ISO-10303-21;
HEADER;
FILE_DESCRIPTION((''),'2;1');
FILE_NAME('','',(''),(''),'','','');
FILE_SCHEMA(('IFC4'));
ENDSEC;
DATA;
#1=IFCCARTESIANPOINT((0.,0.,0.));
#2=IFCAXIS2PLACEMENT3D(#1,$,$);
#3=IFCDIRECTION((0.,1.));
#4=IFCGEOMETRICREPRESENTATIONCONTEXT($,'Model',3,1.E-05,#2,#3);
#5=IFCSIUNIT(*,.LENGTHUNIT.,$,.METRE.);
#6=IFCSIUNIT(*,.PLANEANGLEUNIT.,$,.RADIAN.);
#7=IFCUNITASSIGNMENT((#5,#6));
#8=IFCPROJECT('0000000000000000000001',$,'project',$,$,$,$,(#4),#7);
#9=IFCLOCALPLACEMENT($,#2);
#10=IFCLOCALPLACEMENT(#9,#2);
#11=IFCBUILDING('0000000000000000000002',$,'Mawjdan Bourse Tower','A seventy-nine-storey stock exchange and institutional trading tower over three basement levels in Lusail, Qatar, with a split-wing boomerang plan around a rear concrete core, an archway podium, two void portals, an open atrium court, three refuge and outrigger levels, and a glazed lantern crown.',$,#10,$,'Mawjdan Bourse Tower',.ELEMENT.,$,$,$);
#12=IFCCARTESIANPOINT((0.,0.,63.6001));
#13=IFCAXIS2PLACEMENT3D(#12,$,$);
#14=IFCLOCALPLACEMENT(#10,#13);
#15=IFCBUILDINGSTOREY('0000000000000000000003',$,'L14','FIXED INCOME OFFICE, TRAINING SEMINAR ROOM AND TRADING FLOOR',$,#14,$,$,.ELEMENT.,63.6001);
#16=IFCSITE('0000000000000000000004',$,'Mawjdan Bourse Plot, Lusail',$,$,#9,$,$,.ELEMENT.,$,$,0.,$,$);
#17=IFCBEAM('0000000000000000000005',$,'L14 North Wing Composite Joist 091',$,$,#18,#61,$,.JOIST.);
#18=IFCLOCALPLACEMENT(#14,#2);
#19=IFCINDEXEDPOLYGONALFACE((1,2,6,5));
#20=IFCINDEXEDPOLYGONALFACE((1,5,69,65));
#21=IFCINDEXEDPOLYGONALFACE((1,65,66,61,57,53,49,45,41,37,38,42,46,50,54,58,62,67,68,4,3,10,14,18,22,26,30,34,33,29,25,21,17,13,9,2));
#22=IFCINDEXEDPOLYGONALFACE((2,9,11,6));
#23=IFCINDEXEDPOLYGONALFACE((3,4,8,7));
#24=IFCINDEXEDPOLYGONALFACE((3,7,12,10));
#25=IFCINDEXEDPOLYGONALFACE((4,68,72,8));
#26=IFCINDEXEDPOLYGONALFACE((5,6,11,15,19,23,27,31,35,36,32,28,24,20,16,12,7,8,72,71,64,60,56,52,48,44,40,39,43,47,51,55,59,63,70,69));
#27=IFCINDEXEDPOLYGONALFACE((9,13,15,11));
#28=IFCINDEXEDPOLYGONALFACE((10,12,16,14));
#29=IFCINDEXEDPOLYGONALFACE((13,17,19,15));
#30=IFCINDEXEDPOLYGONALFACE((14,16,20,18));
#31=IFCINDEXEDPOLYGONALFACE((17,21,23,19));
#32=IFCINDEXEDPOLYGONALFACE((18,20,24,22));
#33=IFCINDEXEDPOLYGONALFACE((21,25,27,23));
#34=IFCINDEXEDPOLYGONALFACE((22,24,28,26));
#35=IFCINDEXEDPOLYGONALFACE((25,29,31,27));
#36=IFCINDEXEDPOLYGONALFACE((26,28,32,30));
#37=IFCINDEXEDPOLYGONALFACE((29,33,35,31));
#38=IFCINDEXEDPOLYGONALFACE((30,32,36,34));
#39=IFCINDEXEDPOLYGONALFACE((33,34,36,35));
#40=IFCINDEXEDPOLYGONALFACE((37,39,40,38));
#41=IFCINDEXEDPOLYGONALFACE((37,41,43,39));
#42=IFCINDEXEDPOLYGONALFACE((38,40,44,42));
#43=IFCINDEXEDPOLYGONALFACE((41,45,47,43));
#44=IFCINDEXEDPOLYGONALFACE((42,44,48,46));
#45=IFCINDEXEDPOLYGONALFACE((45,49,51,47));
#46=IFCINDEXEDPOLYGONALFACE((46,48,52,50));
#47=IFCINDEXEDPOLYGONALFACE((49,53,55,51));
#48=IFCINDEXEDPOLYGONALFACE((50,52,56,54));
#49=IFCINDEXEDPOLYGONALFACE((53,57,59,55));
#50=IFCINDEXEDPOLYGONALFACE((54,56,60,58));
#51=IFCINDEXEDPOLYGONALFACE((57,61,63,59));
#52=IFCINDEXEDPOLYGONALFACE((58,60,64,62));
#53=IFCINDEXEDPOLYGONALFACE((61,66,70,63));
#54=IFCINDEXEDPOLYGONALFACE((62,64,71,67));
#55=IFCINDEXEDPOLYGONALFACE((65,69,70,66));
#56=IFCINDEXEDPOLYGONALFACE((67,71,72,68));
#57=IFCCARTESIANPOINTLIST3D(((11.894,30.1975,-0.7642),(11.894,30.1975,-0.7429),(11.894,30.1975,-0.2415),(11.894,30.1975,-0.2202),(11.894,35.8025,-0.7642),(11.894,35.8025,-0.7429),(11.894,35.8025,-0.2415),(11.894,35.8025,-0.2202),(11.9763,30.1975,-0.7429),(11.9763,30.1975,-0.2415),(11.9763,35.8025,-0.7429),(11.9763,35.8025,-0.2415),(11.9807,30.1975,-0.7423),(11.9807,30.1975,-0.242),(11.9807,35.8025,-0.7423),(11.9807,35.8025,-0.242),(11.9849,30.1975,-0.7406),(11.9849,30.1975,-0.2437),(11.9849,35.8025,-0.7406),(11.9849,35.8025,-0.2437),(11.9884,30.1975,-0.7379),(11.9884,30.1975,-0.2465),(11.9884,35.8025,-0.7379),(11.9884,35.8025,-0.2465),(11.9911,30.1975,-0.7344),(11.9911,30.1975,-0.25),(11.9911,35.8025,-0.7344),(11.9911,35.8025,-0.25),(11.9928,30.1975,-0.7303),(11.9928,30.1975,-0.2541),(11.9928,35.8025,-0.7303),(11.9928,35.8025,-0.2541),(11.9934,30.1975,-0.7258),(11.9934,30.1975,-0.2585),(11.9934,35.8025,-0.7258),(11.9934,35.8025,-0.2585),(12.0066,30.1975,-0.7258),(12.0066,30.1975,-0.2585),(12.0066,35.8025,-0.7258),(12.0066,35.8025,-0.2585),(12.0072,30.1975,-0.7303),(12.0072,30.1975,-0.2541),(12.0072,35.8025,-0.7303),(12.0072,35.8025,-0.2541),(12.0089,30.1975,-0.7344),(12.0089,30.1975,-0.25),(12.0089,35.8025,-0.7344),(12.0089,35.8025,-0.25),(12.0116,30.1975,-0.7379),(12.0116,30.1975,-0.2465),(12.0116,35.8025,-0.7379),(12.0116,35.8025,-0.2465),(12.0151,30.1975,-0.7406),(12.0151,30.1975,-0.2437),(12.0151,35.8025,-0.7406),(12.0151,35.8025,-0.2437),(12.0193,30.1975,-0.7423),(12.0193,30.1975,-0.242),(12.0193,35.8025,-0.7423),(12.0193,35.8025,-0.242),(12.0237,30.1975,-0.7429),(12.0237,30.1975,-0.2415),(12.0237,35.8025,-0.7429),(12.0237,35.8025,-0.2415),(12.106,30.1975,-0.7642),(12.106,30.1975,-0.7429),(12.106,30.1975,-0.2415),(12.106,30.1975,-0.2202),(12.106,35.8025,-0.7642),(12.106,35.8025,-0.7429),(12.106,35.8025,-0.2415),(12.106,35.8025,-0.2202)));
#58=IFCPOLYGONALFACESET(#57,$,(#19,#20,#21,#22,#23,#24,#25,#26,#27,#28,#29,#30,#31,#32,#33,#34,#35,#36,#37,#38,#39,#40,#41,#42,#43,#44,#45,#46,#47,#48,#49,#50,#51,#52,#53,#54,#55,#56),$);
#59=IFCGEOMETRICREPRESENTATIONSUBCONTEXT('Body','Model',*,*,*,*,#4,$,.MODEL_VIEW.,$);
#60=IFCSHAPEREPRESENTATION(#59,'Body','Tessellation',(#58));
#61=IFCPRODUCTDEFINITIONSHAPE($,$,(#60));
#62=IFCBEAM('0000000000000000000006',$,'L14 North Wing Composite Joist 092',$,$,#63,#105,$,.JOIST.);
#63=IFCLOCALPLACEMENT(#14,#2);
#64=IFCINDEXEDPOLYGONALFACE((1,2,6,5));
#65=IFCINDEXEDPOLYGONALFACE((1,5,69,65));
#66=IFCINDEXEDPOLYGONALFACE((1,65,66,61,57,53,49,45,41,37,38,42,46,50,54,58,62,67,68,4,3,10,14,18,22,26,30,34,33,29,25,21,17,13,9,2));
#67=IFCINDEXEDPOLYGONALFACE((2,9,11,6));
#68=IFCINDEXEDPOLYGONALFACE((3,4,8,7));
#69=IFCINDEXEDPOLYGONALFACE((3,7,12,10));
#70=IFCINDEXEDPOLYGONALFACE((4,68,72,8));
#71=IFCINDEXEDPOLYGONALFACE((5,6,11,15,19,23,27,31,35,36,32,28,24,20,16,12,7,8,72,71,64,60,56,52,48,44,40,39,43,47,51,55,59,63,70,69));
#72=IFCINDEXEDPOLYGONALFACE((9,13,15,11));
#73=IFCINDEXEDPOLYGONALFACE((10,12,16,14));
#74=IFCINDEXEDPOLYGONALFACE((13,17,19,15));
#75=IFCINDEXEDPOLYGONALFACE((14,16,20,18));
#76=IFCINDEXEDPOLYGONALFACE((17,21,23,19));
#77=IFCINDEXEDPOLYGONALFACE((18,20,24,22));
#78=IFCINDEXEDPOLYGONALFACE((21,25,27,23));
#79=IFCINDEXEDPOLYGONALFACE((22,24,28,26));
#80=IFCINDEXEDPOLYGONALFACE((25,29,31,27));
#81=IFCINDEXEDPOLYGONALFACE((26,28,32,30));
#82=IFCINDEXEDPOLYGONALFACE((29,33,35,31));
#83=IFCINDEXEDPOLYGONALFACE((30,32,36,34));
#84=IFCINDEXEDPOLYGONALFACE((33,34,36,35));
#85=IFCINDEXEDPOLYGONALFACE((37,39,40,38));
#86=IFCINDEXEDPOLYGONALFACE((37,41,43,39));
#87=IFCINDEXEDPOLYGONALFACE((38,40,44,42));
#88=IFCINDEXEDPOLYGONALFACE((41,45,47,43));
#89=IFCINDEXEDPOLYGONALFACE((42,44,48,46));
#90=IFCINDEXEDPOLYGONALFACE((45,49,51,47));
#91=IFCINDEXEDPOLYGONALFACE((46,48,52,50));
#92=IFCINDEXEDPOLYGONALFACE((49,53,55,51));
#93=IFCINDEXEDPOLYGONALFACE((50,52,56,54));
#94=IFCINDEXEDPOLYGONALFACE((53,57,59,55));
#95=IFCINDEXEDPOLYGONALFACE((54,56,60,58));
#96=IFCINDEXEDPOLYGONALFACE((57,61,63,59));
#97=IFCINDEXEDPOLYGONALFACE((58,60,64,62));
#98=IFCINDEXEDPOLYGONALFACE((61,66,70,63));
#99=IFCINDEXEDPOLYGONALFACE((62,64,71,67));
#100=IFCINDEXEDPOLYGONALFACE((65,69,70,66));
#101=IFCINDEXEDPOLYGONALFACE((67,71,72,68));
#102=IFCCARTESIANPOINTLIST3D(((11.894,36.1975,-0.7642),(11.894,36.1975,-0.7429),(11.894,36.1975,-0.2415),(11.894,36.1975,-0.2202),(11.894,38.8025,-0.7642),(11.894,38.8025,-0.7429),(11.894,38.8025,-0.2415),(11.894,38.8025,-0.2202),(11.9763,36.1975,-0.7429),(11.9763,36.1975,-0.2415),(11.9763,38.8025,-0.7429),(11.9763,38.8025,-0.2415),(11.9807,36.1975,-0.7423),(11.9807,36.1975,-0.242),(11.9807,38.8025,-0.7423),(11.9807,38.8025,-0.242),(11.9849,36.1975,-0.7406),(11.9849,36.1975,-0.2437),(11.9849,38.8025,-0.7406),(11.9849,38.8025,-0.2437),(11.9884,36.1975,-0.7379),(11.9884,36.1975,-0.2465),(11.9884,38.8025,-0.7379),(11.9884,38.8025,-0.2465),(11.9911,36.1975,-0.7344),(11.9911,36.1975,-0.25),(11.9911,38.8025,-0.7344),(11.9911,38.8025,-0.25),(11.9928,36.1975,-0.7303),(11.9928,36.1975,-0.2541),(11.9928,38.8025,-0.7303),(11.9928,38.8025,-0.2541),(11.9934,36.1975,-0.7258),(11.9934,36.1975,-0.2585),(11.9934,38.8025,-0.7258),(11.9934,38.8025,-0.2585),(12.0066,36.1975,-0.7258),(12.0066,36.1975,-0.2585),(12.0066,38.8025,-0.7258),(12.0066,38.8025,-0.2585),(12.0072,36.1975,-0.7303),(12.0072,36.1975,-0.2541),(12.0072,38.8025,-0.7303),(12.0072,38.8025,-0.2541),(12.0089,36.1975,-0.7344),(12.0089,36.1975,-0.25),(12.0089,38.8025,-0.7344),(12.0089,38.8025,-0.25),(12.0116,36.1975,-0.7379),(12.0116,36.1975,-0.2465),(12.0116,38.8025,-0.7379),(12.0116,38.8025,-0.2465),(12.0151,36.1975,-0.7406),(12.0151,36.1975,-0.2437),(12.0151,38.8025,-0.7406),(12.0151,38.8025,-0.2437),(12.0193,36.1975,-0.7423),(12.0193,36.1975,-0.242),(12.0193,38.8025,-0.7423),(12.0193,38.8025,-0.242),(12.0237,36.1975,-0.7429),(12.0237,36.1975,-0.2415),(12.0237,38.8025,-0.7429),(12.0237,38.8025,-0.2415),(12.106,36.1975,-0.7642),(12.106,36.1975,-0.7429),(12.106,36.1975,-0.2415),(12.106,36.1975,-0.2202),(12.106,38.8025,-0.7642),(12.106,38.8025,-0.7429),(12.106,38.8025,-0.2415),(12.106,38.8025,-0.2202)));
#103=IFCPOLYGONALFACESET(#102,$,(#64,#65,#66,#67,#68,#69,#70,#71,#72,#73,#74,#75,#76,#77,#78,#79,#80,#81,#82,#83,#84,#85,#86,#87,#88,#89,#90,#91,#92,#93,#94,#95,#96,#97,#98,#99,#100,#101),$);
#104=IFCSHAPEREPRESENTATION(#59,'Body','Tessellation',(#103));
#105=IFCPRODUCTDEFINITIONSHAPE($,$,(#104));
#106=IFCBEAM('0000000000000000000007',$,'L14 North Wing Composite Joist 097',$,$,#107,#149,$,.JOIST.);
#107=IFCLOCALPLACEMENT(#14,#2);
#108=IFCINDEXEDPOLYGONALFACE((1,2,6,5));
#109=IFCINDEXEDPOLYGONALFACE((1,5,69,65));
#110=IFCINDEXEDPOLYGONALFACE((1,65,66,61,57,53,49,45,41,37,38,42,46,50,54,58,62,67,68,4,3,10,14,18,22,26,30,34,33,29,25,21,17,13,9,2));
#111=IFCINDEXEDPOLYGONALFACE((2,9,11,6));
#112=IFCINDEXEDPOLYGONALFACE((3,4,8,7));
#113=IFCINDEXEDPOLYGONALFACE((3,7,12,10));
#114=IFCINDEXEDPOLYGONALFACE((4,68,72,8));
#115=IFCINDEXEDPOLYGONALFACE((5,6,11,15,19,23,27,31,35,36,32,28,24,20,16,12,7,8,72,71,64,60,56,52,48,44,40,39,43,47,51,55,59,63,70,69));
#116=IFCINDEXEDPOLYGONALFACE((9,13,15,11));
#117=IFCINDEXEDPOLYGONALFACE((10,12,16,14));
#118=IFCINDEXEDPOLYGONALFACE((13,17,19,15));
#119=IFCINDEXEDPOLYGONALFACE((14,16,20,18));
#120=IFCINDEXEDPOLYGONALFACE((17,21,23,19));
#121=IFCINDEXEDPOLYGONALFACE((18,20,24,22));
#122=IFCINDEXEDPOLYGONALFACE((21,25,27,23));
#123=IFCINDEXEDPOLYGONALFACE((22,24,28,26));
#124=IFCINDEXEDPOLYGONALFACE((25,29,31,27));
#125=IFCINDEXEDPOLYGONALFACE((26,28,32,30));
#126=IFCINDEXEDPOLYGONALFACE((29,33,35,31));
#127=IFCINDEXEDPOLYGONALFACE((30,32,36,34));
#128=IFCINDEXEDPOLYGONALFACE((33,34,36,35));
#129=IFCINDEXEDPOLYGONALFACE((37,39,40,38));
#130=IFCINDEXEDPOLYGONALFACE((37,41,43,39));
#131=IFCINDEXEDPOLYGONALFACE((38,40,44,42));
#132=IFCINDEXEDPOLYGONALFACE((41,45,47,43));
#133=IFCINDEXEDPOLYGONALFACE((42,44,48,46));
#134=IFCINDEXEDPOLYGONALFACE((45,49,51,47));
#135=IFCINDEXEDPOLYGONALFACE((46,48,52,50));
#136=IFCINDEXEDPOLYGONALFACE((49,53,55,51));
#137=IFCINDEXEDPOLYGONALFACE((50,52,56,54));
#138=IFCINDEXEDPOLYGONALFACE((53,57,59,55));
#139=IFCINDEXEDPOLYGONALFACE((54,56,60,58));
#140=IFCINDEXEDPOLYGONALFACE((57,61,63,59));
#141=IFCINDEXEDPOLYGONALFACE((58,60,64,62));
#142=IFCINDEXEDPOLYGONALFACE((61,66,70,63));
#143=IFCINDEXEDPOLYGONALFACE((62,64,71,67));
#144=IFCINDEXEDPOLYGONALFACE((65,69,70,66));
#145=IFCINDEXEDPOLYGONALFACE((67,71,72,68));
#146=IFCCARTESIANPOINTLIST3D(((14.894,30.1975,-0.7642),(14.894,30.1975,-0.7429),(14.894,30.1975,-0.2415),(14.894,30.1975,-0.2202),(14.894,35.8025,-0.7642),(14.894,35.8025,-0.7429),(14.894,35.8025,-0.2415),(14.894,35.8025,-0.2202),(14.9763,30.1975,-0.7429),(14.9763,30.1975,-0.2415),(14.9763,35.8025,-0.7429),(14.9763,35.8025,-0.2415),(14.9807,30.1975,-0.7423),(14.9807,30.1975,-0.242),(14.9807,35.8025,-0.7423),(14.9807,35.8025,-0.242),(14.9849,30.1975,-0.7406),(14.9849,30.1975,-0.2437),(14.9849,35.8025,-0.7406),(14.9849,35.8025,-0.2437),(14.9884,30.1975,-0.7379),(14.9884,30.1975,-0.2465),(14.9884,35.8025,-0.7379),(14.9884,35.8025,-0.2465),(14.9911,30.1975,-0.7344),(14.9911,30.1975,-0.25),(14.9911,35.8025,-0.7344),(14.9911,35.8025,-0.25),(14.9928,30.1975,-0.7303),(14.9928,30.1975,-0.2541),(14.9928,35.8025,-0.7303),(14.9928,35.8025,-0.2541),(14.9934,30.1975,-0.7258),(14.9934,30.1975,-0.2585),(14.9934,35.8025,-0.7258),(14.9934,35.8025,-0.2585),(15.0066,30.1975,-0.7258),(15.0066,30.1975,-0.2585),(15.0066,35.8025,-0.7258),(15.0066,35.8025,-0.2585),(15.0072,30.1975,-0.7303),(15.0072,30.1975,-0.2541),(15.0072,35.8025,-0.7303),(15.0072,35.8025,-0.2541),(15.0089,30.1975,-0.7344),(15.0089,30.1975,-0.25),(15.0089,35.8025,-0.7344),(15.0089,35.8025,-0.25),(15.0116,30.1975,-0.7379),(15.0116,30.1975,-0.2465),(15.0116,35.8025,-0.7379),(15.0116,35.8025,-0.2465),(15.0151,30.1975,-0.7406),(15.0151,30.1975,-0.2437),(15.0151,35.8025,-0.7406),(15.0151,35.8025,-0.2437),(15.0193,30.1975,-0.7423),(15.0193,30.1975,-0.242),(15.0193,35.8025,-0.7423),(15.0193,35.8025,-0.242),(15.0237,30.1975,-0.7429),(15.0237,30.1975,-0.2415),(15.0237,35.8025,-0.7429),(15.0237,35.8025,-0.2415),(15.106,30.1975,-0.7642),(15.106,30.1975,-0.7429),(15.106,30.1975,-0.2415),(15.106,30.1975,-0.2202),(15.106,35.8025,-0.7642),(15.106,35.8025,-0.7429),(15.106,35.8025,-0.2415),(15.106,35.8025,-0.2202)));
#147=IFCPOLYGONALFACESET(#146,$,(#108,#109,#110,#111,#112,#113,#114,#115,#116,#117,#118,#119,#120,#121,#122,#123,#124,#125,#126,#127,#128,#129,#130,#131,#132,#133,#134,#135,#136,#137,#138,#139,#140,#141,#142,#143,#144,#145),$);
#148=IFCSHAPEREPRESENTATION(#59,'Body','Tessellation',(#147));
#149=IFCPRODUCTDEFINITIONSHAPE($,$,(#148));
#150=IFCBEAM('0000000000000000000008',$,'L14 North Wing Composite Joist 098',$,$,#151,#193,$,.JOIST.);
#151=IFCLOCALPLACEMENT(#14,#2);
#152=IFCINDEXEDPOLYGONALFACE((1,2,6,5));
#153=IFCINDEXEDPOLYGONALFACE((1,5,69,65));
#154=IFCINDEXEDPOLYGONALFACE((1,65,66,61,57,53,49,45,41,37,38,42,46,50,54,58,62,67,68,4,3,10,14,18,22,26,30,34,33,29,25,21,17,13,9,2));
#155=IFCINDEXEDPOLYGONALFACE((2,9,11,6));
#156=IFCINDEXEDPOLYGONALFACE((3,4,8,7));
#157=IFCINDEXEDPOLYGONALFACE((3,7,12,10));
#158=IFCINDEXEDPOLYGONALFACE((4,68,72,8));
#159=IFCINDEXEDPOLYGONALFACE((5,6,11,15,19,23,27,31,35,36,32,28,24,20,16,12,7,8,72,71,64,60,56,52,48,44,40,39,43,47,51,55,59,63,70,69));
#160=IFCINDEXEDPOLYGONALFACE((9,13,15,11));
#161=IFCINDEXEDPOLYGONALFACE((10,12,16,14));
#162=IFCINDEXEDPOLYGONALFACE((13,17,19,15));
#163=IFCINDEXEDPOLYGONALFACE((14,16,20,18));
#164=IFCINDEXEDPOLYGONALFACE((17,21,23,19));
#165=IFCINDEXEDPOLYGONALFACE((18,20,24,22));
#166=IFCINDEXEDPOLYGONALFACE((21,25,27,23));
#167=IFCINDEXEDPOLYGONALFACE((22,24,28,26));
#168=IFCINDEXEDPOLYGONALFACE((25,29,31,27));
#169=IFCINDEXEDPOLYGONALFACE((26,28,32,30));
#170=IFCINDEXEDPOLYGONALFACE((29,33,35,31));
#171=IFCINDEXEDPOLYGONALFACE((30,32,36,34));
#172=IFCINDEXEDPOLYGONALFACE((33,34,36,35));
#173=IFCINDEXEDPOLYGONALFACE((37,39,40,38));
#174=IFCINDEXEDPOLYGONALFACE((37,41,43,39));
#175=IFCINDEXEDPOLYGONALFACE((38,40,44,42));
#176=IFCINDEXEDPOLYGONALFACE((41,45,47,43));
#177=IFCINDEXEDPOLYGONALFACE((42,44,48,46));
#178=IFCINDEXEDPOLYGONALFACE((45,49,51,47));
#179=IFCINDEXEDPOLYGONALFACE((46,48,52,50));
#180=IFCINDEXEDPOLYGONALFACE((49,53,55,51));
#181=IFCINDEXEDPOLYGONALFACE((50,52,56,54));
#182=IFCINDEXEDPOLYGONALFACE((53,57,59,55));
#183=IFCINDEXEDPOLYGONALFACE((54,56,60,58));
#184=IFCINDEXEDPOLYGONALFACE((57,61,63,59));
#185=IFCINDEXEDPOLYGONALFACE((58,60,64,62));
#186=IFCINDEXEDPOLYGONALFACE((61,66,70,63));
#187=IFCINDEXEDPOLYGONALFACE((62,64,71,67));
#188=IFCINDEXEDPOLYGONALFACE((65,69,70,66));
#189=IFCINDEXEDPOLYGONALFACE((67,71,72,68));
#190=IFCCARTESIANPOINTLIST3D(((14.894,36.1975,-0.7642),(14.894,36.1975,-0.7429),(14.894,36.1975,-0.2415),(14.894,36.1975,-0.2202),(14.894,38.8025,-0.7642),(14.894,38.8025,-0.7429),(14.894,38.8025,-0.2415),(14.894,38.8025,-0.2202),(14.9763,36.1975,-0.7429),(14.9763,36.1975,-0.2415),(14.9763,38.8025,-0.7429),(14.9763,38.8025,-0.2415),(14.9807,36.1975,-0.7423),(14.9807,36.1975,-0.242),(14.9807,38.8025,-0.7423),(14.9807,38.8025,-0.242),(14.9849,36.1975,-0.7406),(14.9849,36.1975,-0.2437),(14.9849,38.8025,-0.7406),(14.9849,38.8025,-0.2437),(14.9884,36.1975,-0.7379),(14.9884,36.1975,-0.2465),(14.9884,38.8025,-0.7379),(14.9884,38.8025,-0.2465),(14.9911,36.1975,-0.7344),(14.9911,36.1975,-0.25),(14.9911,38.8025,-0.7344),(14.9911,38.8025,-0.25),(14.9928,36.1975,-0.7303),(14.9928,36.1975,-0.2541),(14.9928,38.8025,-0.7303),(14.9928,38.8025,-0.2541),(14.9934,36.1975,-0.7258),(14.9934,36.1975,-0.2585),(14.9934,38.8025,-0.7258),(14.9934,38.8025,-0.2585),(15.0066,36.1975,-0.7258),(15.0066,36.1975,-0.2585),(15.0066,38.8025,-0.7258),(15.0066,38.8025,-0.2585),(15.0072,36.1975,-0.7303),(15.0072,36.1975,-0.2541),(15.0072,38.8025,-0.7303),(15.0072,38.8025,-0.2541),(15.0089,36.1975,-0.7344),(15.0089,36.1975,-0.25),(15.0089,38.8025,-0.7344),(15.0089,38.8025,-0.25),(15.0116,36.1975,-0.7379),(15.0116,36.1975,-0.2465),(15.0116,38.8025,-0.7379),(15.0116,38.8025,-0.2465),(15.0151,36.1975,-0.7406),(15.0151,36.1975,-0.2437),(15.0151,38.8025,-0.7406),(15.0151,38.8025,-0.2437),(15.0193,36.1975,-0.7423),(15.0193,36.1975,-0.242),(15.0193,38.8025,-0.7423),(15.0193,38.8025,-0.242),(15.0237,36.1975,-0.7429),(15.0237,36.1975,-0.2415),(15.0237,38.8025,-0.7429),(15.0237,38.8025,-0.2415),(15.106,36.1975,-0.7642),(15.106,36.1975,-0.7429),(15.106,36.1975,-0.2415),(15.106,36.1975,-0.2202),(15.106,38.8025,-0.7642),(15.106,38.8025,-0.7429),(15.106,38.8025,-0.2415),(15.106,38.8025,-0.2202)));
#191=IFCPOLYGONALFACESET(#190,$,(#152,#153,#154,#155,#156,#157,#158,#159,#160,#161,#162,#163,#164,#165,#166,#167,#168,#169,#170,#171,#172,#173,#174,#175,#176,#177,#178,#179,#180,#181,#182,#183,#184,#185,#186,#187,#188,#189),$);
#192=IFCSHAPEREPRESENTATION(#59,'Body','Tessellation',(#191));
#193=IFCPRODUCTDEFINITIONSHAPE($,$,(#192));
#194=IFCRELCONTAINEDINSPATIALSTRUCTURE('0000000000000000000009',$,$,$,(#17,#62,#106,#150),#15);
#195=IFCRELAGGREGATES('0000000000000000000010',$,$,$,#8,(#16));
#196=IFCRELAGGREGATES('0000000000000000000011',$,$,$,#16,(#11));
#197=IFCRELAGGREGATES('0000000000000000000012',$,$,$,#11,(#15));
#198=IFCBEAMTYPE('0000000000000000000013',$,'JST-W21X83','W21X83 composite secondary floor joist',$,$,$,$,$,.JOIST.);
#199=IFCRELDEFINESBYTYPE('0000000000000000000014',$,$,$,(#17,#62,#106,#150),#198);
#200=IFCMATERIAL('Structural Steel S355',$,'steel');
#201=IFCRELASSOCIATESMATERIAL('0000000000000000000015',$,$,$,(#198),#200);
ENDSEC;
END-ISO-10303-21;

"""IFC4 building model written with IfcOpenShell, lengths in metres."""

from ifc_helpers import new_model, si_unit, direction, frame, origin, origin_2d, place, context, subcontext, project, spatial, i_section, extrude, material, material_profile, profile_set, type_object, element, save


model = new_model("IFC4")

# Units and contexts
model_context = context("Model", 3, precision=1e-05, world=origin(), true_north=direction((0.0, 1.0)))
body_context = subcontext(model_context, "Body", "Model", "MODEL_VIEW")
ifc_project = project(units=[si_unit("LENGTHUNIT", "METRE"), si_unit("PLANEANGLEUNIT", "RADIAN")], contexts=[model_context])

# Site, building, storey
site_placement = place(None, origin())
site = spatial("IfcSite", under=ifc_project, at=site_placement, Name="Mawjdan Bourse Plot, Lusail", CompositionType="ELEMENT", RefElevation=0.0)
building_placement = place(site_placement, origin())
building = spatial("IfcBuilding", under=site, at=building_placement, Name="Mawjdan Bourse Tower", Description="A seventy-nine-storey stock exchange and institutional trading tower over three basement levels in Lusail, Qatar, with a split-wing boomerang plan around a rear concrete core, an archway podium, two void portals, an open atrium court, three refuge and outrigger levels, and a glazed lantern crown.", LongName="Mawjdan Bourse Tower", CompositionType="ELEMENT")
storey_placement = place(building_placement, frame((0.0, 0.0, 63.6001)))
storey = spatial("IfcBuildingStorey", under=building, at=storey_placement, Name="L14", Description="FIXED INCOME OFFICE, TRAINING SEMINAR ROOM AND TRADING FLOOR", CompositionType="ELEMENT", Elevation=63.6001)

# Beams
ifc_material_1 = material(Name="Structural Steel S355", Category="steel")
ifc_material_profile_1 = material_profile(ifc_material_1, i_section(OverallWidth=0.2119, OverallDepth=0.5439, WebThickness=0.0132, FlangeThickness=0.0212, FilletRadius=0.0171, at=origin_2d()), Name="W21X83")
ifc_profile_set_1 = profile_set([ifc_material_profile_1], Name="Structural Steel S355")
beam_type_1 = type_object("IfcBeamType", Name="JST-W21X83", Description="W21X83 composite secondary floor joist", PredefinedType="JOIST", material=ifc_profile_set_1)
beam_1_placement = place(storey_placement, frame((12.0, 30.1975, -0.4922), z_axis=(0.0, 1.0, 0.0), x_axis=(-1.0, 0.0, 0.0)))
element("IfcBeam", 1, at=beam_1_placement, inside=storey, type_object=beam_type_1, Name="L14 North Wing Composite Joist 091", PredefinedType="JOIST", context=body_context, shape_type="SweptSolid", body=[
    extrude(i_section(OverallWidth=0.2119, OverallDepth=0.5439, WebThickness=0.0132, FlangeThickness=0.0212, FilletRadius=0.0171, at=origin_2d()), origin(), (0.0, 0.0, 1.0), 5.605),
])
beam_2_placement = place(storey_placement, frame((12.0, 36.1975, -0.4922), z_axis=(0.0, 1.0, 0.0), x_axis=(-1.0, 0.0, 0.0)))
element("IfcBeam", 2, at=beam_2_placement, inside=storey, type_object=beam_type_1, Name="L14 North Wing Composite Joist 092", PredefinedType="JOIST", context=body_context, shape_type="SweptSolid", body=[
    extrude(i_section(OverallWidth=0.2119, OverallDepth=0.5439, WebThickness=0.0132, FlangeThickness=0.0212, FilletRadius=0.0171, at=origin_2d()), origin(), (0.0, 0.0, 1.0), 2.605),
])
beam_3_placement = place(storey_placement, frame((15.0, 30.1975, -0.4922), z_axis=(0.0, 1.0, 0.0), x_axis=(-1.0, 0.0, 0.0)))
element("IfcBeam", 3, at=beam_3_placement, inside=storey, type_object=beam_type_1, Name="L14 North Wing Composite Joist 097", PredefinedType="JOIST", context=body_context, shape_type="SweptSolid", body=[
    extrude(i_section(OverallWidth=0.2119, OverallDepth=0.5439, WebThickness=0.0132, FlangeThickness=0.0212, FilletRadius=0.0171, at=origin_2d()), origin(), (0.0, 0.0, 1.0), 5.605),
])
beam_4_placement = place(storey_placement, frame((15.0, 36.1975, -0.4922), z_axis=(0.0, 1.0, 0.0), x_axis=(-1.0, 0.0, 0.0)))
element("IfcBeam", 4, at=beam_4_placement, inside=storey, type_object=beam_type_1, Name="L14 North Wing Composite Joist 098", PredefinedType="JOIST", context=body_context, shape_type="SweptSolid", body=[
    extrude(i_section(OverallWidth=0.2119, OverallDepth=0.5439, WebThickness=0.0132, FlangeThickness=0.0212, FilletRadius=0.0171, at=origin_2d()), origin(), (0.0, 0.0, 1.0), 2.605),
])

save(model, "model.ifc")
